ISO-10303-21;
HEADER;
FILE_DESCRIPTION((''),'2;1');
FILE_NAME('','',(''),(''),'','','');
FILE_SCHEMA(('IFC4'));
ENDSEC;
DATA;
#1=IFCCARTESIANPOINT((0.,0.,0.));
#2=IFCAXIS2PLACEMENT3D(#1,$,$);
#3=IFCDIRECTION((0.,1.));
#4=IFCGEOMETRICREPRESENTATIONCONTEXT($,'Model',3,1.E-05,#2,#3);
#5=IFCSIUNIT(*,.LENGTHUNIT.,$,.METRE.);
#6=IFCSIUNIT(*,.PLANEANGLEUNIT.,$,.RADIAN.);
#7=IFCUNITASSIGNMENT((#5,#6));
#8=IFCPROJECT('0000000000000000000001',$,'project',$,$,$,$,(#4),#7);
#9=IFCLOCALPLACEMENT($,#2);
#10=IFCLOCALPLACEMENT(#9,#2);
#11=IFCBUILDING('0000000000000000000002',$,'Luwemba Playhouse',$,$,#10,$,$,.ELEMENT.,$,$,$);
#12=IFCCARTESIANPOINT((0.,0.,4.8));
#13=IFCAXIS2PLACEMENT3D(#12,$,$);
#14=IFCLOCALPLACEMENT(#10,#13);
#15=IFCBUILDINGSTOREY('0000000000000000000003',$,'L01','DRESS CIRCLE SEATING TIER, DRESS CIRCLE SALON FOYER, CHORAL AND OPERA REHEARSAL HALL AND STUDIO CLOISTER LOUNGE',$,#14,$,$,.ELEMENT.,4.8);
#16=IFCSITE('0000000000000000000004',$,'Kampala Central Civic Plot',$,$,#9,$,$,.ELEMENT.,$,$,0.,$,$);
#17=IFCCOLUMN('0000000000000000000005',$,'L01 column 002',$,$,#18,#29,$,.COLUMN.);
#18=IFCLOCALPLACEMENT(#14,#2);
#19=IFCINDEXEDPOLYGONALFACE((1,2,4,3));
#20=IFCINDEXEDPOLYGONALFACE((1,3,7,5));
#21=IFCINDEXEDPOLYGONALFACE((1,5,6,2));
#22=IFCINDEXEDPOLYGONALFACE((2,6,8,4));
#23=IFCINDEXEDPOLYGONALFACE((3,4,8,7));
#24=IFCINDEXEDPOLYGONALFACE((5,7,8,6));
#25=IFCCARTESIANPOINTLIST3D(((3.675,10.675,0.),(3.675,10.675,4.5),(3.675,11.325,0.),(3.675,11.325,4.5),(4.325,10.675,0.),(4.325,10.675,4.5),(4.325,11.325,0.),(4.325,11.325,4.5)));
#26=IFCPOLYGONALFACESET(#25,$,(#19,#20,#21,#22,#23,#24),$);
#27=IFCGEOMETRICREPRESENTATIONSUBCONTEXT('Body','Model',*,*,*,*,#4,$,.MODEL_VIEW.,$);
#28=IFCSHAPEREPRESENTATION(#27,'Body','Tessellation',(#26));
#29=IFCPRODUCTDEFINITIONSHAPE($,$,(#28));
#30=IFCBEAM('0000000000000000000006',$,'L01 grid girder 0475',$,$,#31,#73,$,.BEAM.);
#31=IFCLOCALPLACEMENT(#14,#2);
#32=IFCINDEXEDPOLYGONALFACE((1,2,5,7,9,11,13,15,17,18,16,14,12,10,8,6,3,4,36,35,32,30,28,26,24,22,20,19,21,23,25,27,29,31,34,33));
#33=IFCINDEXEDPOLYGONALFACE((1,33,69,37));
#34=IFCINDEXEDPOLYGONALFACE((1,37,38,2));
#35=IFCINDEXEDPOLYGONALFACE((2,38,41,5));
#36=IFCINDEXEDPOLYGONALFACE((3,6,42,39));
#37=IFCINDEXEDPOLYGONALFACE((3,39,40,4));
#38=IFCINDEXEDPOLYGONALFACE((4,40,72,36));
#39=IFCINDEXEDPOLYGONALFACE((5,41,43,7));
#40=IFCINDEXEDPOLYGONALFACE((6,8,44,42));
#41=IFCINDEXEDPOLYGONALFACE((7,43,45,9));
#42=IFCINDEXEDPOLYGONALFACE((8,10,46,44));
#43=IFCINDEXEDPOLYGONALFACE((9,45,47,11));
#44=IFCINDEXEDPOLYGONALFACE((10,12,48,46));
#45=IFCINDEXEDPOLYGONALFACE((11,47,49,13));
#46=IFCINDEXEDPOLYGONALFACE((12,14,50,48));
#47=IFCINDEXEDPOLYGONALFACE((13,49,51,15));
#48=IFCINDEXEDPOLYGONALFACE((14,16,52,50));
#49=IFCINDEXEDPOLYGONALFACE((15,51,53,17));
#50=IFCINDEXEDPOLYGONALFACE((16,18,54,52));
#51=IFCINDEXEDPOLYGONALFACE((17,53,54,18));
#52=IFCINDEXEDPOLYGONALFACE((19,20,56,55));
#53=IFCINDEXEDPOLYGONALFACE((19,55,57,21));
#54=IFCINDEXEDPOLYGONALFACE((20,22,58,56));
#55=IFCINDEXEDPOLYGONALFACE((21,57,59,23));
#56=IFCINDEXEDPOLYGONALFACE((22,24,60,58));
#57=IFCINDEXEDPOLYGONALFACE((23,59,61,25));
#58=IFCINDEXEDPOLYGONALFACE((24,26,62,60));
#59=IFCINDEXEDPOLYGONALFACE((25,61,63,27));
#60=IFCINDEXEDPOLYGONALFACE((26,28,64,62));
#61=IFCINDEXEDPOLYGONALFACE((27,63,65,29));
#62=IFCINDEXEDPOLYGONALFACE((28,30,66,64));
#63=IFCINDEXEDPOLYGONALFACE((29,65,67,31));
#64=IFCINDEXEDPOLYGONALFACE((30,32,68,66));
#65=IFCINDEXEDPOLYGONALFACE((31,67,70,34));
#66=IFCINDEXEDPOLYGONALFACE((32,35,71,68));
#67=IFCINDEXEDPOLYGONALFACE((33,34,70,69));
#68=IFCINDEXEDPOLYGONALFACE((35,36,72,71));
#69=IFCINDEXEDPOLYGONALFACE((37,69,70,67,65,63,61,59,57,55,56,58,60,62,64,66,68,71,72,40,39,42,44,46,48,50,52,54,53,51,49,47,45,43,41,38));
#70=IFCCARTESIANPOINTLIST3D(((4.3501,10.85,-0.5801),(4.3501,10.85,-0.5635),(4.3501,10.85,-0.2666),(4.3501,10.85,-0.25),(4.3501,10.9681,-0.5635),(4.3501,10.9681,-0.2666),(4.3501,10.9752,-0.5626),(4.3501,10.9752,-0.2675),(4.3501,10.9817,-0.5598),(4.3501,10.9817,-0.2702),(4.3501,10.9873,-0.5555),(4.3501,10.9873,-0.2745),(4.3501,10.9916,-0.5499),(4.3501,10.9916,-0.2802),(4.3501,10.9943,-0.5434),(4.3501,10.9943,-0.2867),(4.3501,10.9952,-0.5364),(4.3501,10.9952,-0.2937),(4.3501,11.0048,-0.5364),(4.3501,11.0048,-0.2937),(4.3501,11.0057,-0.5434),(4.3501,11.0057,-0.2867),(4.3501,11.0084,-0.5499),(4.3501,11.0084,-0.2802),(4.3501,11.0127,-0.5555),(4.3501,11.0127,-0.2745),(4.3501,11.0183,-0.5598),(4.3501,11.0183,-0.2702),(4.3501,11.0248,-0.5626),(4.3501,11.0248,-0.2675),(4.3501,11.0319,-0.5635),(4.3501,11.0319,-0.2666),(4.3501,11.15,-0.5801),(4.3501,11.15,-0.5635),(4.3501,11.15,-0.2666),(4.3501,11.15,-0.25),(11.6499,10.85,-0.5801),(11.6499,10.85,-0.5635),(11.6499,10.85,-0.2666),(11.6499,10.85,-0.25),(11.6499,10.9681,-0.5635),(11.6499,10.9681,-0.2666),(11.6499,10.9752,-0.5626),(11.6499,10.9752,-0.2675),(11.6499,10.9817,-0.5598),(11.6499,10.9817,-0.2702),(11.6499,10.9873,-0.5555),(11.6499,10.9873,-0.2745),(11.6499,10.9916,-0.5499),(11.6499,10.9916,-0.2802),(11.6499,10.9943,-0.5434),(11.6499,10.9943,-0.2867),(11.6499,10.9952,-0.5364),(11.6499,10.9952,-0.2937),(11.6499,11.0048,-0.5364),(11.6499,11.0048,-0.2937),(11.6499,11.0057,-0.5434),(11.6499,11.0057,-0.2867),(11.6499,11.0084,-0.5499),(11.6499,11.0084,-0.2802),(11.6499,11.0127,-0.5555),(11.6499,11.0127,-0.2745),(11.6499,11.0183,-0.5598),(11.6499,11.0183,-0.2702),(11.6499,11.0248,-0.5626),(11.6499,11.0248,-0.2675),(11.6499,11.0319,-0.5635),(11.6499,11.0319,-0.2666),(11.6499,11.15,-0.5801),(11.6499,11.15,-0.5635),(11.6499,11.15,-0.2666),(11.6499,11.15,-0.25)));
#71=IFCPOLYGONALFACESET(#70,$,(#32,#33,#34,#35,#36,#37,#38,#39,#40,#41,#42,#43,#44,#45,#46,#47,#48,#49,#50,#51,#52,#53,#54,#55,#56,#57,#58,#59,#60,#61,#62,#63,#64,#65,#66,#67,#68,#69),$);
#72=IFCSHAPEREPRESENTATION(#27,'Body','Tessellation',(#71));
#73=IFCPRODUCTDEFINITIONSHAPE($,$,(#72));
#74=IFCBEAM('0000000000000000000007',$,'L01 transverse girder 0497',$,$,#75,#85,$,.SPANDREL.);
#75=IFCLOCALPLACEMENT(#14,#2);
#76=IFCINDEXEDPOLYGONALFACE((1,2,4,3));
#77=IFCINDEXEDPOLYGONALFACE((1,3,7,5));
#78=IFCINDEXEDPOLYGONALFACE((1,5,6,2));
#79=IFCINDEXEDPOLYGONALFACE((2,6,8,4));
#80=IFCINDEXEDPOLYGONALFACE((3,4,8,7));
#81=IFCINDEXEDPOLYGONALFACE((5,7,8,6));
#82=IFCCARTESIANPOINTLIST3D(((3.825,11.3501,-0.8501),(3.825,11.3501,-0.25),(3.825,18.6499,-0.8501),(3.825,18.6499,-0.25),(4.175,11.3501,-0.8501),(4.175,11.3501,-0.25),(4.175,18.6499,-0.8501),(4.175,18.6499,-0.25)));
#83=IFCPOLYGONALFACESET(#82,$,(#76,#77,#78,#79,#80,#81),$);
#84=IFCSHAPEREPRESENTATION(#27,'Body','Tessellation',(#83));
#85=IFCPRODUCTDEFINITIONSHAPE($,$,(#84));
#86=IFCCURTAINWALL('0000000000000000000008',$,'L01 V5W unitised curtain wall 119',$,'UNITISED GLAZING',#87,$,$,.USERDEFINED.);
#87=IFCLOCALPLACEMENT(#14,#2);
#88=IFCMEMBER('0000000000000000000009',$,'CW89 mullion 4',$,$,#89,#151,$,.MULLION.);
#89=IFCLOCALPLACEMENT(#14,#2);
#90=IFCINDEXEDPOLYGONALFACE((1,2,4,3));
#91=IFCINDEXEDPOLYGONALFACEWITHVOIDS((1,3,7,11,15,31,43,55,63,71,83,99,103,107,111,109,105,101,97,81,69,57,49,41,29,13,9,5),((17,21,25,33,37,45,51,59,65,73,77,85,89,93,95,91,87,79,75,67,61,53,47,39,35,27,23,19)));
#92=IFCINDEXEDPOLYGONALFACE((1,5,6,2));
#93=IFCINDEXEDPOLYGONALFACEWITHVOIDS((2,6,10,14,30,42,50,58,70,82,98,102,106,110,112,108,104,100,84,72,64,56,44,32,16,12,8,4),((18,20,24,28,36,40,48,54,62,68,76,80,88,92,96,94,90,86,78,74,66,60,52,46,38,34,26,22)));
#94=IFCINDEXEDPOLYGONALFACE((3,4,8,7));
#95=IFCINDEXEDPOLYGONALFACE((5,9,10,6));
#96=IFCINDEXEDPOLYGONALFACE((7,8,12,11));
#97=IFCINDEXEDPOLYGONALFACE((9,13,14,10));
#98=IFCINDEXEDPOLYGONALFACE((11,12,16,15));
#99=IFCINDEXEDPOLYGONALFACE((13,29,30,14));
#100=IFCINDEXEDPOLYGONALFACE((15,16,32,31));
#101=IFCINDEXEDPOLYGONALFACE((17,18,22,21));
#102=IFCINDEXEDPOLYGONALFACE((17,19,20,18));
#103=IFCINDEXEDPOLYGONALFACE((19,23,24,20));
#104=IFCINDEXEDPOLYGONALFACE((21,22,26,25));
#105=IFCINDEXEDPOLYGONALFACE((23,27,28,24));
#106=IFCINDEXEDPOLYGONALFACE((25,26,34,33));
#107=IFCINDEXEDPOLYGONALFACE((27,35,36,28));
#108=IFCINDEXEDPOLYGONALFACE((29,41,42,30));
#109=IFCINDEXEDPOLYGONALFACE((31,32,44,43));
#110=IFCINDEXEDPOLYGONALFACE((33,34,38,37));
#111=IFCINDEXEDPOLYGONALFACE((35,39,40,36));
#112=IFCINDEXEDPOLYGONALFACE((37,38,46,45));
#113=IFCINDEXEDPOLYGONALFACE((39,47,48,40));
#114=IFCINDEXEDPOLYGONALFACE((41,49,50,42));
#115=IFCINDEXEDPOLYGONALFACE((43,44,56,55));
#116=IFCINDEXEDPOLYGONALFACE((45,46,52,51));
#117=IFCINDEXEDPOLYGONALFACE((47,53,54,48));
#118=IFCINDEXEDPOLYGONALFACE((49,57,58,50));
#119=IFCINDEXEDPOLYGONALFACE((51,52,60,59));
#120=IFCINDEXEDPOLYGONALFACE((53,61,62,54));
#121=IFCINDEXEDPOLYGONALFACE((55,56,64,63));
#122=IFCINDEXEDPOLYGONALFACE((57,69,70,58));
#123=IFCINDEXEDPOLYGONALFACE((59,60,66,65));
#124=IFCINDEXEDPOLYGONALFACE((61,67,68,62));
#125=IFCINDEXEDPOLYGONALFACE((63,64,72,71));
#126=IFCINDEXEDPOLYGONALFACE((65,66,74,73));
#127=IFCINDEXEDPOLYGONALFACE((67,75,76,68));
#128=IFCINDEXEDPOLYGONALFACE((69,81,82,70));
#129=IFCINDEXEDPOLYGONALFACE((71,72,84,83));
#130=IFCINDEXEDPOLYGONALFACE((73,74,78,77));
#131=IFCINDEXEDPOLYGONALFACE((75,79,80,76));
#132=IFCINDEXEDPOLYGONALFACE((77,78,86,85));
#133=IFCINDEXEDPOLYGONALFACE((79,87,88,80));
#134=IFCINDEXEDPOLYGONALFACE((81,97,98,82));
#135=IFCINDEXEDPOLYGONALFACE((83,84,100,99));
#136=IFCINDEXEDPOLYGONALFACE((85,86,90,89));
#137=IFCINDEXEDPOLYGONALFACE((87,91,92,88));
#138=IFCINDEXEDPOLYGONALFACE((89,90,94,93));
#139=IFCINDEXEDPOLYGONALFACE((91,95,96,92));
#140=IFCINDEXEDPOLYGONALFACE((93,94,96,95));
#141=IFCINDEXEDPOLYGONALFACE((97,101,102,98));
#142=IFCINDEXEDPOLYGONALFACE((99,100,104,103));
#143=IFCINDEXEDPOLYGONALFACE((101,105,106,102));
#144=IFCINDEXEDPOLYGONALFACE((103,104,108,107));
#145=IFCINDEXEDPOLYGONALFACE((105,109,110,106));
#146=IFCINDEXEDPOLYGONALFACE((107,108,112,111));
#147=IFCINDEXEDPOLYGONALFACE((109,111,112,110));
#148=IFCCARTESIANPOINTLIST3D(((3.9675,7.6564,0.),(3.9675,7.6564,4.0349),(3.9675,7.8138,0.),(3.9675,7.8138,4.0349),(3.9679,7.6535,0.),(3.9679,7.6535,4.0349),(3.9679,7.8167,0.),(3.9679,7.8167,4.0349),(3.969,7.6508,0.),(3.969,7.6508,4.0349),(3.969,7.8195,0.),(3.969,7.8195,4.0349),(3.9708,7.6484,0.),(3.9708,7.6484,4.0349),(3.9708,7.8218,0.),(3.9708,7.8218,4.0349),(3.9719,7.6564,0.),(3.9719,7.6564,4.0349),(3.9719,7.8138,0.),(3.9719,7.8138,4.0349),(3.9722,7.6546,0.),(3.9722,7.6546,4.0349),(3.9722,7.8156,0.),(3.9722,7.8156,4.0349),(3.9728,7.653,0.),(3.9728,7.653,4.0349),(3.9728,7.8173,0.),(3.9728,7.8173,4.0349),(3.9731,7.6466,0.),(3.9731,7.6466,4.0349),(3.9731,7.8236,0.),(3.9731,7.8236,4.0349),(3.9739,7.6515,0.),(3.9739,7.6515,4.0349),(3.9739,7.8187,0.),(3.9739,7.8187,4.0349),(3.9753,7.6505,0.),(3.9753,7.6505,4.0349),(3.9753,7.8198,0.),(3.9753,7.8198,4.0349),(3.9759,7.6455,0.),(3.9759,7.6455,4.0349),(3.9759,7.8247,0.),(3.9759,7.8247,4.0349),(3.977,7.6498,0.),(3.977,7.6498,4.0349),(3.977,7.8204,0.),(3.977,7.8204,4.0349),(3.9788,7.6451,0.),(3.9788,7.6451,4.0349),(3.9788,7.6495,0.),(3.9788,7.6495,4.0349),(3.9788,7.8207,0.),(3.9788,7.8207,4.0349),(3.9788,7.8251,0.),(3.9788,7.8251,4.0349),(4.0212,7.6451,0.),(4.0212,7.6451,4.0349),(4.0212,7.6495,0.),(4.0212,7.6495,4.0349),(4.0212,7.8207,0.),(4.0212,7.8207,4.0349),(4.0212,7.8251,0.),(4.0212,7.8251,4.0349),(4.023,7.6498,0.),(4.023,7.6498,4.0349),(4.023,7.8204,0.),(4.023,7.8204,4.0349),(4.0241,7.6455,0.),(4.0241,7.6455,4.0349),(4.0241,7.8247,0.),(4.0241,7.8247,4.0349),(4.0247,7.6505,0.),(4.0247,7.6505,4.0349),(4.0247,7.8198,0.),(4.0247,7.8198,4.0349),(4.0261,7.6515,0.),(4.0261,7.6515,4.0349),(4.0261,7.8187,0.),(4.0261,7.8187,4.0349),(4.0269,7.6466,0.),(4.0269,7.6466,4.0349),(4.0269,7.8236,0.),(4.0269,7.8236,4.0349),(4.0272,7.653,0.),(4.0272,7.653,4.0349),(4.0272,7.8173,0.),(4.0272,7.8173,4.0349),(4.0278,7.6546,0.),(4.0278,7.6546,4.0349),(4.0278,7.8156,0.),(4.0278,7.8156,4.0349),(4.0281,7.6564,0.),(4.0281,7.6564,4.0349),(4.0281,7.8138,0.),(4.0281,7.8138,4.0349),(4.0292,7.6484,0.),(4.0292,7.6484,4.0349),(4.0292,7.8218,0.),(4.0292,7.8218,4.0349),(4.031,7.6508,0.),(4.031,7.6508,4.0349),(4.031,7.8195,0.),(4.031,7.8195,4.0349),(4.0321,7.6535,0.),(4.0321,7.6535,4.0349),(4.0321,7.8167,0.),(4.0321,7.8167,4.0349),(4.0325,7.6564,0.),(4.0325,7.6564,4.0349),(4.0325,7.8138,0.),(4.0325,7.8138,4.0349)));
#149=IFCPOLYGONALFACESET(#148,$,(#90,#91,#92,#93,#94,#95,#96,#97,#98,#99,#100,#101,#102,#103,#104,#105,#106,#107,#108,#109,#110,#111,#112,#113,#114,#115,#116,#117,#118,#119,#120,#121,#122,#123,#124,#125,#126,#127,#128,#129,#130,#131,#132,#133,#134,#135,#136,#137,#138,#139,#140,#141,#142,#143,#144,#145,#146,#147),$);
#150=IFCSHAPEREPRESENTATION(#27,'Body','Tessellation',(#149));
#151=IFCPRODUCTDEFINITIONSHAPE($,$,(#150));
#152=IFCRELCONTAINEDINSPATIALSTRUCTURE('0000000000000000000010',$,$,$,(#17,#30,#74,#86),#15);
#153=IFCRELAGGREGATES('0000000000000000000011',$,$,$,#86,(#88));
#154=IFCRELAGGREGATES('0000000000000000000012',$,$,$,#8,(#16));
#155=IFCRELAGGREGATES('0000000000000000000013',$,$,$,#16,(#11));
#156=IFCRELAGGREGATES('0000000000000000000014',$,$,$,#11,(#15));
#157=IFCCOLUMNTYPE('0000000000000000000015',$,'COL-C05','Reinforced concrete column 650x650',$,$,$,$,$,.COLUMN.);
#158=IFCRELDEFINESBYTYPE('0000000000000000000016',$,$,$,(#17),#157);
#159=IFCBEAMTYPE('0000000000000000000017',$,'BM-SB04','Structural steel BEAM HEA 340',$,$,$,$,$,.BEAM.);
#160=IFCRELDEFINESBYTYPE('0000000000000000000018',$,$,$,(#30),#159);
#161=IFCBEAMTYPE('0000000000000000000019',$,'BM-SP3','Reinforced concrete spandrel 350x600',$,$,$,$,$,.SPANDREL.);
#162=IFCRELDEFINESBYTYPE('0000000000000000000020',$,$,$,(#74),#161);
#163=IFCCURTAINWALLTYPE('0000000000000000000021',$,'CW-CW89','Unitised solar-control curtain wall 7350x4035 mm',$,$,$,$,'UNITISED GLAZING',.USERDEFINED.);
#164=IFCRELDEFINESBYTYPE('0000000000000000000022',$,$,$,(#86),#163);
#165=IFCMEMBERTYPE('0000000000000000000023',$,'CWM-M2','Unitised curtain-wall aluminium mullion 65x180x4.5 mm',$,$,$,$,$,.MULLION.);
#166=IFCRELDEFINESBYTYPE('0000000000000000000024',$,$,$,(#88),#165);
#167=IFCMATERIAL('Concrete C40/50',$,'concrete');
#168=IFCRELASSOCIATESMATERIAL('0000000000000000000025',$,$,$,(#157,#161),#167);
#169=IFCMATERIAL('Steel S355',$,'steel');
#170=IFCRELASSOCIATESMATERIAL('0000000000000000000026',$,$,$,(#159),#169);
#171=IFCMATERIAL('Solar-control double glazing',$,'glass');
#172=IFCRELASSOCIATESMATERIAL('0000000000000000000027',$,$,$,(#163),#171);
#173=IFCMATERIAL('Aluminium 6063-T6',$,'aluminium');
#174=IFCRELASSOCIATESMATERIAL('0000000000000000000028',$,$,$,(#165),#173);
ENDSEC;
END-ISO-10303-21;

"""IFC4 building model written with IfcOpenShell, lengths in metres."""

from ifc_helpers import new_model, si_unit, direction, frame, origin, origin_2d, place, context, subcontext, project, spatial, rectangle, hollow_rectangle, i_section, extrude, material, material_profile, profile_set, type_object, element, aggregate, save


model = new_model("IFC4")

# Units and contexts
model_context = context("Model", 3, precision=1e-05, world=origin(), true_north=direction((0.0, 1.0)))
body_context = subcontext(model_context, "Body", "Model", "MODEL_VIEW")
ifc_project = project(units=[si_unit("LENGTHUNIT", "METRE"), si_unit("PLANEANGLEUNIT", "RADIAN")], contexts=[model_context])

# Site, building, storey
site_placement = place(None, origin())
site = spatial("IfcSite", under=ifc_project, at=site_placement, Name="Kampala Central Civic Plot", CompositionType="ELEMENT", RefElevation=0.0)
building_placement = place(site_placement, origin())
building = spatial("IfcBuilding", under=site, at=building_placement, Name="Luwemba Playhouse", CompositionType="ELEMENT")
storey_placement = place(building_placement, frame((0.0, 0.0, 4.8)))
storey = spatial("IfcBuildingStorey", under=building, at=storey_placement, Name="L01", Description="DRESS CIRCLE SEATING TIER, DRESS CIRCLE SALON FOYER, CHORAL AND OPERA REHEARSAL HALL AND STUDIO CLOISTER LOUNGE", CompositionType="ELEMENT", Elevation=4.8)

# Column
ifc_material_1 = material(Name="Concrete C40/50", Category="concrete")
ifc_material_profile_1 = material_profile(ifc_material_1, rectangle(XDim=0.6499, YDim=0.6499, at=origin_2d()))
ifc_profile_set_1 = profile_set([ifc_material_profile_1], Name="Concrete C40/50")
column_type = type_object("IfcColumnType", Name="COL-C05", Description="Reinforced concrete column 650x650", PredefinedType="COLUMN", material=ifc_profile_set_1)
column_placement = place(storey_placement, frame((4.0, 11.0, 0.0), z_axis=(0.0, 0.0, 1.0), x_axis=(1.0, 0.0, 0.0)))
element("IfcColumn", 1, at=column_placement, inside=storey, type_object=column_type, Name="L01 column 002", PredefinedType="COLUMN", context=body_context, shape_type="SweptSolid", body=[
    extrude(rectangle(XDim=0.6499, YDim=0.6499, at=origin_2d()), origin(), (0.0, 0.0, 1.0), 4.5),
])

# Beams
ifc_material_2 = material(Name="Steel S355", Category="steel")
ifc_material_profile_2 = material_profile(ifc_material_2, i_section(OverallWidth=0.3, OverallDepth=0.3301, WebThickness=0.0095, FlangeThickness=0.0166, FilletRadius=0.0271, at=origin_2d()))
ifc_profile_set_2 = profile_set([ifc_material_profile_2], Name="Steel S355")
beam_type_1 = type_object("IfcBeamType", Name="BM-SB04", Description="Structural steel BEAM HEA 340", PredefinedType="BEAM", material=ifc_profile_set_2)
beam_1_placement = place(storey_placement, frame((4.3501, 11.0, -0.415), z_axis=(1.0, 0.0, 0.0), x_axis=(0.0, 1.0, 0.0)))
element("IfcBeam", 2, at=beam_1_placement, inside=storey, type_object=beam_type_1, Name="L01 grid girder 0475", PredefinedType="BEAM", context=body_context, shape_type="SweptSolid", body=[
    extrude(i_section(OverallWidth=0.3, OverallDepth=0.3301, WebThickness=0.0095, FlangeThickness=0.0166, FilletRadius=0.0271, at=origin_2d()), origin(), (0.0, 0.0, 1.0), 7.2998),
])
ifc_material_profile_3 = material_profile(ifc_material_1, rectangle(XDim=0.3501, YDim=0.6001, at=origin_2d()))
ifc_profile_set_3 = profile_set([ifc_material_profile_3], Name="Concrete C40/50")
beam_type_2 = type_object("IfcBeamType", Name="BM-SP3", Description="Reinforced concrete spandrel 350x600", PredefinedType="SPANDREL", material=ifc_profile_set_3)
beam_2_placement = place(storey_placement, frame((4.0, 11.3501, -0.55), z_axis=(0.0, 1.0, 0.0), x_axis=(-1.0, 0.0, 0.0)))
element("IfcBeam", 3, at=beam_2_placement, inside=storey, type_object=beam_type_2, Name="L01 transverse girder 0497", PredefinedType="SPANDREL", context=body_context, shape_type="SweptSolid", body=[
    extrude(rectangle(XDim=0.3501, YDim=0.6001, at=origin_2d()), origin(), (0.0, 0.0, 1.0), 7.2998),
])

# Curtain wall, member
ifc_material_3 = material(Name="Solar-control double glazing", Category="glass")
curtain_wall_type = type_object("IfcCurtainWallType", Name="CW-CW89", Description="Unitised solar-control curtain wall 7350x4035 mm", ElementType="UNITISED GLAZING", PredefinedType="USERDEFINED", material=ifc_material_3)
curtain_wall_placement = place(storey_placement, origin())
curtain_wall = element("IfcCurtainWall", 4, at=curtain_wall_placement, inside=storey, type_object=curtain_wall_type, Name="L01 V5W unitised curtain wall 119", ObjectType="UNITISED GLAZING", PredefinedType="USERDEFINED")
ifc_material_4 = material(Name="Aluminium 6063-T6", Category="aluminium")
ifc_material_profile_4 = material_profile(ifc_material_4, hollow_rectangle(XDim=0.0649, YDim=0.1799, WallThickness=0.0044, InnerFilletRadius=0.0068, OuterFilletRadius=0.0112, at=origin_2d()))
ifc_profile_set_4 = profile_set([ifc_material_profile_4], Name="Aluminium 6063-T6")
member_type_1 = type_object("IfcMemberType", Name="CWM-M2", Description="Unitised curtain-wall aluminium mullion 65x180x4.5 mm", PredefinedType="MULLION", material=ifc_profile_set_4)
member_1_placement = place(storey_placement, frame((4.0, 7.7351, 0.0), z_axis=(0.0, 0.0, 1.0), x_axis=(-1.0, 0.0, 0.0)))
member_1 = element("IfcMember", 5, at=member_1_placement, type_object=member_type_1, Name="CW89 mullion 4", PredefinedType="MULLION", context=body_context, shape_type="SweptSolid", body=[
    extrude(hollow_rectangle(XDim=0.0649, YDim=0.1799, WallThickness=0.0044, InnerFilletRadius=0.0068, OuterFilletRadius=0.0112, at=origin_2d()), origin(), (0.0, 0.0, 1.0), 4.0349),
])
aggregate(curtain_wall, [member_1])

save(model, "model.ifc")
